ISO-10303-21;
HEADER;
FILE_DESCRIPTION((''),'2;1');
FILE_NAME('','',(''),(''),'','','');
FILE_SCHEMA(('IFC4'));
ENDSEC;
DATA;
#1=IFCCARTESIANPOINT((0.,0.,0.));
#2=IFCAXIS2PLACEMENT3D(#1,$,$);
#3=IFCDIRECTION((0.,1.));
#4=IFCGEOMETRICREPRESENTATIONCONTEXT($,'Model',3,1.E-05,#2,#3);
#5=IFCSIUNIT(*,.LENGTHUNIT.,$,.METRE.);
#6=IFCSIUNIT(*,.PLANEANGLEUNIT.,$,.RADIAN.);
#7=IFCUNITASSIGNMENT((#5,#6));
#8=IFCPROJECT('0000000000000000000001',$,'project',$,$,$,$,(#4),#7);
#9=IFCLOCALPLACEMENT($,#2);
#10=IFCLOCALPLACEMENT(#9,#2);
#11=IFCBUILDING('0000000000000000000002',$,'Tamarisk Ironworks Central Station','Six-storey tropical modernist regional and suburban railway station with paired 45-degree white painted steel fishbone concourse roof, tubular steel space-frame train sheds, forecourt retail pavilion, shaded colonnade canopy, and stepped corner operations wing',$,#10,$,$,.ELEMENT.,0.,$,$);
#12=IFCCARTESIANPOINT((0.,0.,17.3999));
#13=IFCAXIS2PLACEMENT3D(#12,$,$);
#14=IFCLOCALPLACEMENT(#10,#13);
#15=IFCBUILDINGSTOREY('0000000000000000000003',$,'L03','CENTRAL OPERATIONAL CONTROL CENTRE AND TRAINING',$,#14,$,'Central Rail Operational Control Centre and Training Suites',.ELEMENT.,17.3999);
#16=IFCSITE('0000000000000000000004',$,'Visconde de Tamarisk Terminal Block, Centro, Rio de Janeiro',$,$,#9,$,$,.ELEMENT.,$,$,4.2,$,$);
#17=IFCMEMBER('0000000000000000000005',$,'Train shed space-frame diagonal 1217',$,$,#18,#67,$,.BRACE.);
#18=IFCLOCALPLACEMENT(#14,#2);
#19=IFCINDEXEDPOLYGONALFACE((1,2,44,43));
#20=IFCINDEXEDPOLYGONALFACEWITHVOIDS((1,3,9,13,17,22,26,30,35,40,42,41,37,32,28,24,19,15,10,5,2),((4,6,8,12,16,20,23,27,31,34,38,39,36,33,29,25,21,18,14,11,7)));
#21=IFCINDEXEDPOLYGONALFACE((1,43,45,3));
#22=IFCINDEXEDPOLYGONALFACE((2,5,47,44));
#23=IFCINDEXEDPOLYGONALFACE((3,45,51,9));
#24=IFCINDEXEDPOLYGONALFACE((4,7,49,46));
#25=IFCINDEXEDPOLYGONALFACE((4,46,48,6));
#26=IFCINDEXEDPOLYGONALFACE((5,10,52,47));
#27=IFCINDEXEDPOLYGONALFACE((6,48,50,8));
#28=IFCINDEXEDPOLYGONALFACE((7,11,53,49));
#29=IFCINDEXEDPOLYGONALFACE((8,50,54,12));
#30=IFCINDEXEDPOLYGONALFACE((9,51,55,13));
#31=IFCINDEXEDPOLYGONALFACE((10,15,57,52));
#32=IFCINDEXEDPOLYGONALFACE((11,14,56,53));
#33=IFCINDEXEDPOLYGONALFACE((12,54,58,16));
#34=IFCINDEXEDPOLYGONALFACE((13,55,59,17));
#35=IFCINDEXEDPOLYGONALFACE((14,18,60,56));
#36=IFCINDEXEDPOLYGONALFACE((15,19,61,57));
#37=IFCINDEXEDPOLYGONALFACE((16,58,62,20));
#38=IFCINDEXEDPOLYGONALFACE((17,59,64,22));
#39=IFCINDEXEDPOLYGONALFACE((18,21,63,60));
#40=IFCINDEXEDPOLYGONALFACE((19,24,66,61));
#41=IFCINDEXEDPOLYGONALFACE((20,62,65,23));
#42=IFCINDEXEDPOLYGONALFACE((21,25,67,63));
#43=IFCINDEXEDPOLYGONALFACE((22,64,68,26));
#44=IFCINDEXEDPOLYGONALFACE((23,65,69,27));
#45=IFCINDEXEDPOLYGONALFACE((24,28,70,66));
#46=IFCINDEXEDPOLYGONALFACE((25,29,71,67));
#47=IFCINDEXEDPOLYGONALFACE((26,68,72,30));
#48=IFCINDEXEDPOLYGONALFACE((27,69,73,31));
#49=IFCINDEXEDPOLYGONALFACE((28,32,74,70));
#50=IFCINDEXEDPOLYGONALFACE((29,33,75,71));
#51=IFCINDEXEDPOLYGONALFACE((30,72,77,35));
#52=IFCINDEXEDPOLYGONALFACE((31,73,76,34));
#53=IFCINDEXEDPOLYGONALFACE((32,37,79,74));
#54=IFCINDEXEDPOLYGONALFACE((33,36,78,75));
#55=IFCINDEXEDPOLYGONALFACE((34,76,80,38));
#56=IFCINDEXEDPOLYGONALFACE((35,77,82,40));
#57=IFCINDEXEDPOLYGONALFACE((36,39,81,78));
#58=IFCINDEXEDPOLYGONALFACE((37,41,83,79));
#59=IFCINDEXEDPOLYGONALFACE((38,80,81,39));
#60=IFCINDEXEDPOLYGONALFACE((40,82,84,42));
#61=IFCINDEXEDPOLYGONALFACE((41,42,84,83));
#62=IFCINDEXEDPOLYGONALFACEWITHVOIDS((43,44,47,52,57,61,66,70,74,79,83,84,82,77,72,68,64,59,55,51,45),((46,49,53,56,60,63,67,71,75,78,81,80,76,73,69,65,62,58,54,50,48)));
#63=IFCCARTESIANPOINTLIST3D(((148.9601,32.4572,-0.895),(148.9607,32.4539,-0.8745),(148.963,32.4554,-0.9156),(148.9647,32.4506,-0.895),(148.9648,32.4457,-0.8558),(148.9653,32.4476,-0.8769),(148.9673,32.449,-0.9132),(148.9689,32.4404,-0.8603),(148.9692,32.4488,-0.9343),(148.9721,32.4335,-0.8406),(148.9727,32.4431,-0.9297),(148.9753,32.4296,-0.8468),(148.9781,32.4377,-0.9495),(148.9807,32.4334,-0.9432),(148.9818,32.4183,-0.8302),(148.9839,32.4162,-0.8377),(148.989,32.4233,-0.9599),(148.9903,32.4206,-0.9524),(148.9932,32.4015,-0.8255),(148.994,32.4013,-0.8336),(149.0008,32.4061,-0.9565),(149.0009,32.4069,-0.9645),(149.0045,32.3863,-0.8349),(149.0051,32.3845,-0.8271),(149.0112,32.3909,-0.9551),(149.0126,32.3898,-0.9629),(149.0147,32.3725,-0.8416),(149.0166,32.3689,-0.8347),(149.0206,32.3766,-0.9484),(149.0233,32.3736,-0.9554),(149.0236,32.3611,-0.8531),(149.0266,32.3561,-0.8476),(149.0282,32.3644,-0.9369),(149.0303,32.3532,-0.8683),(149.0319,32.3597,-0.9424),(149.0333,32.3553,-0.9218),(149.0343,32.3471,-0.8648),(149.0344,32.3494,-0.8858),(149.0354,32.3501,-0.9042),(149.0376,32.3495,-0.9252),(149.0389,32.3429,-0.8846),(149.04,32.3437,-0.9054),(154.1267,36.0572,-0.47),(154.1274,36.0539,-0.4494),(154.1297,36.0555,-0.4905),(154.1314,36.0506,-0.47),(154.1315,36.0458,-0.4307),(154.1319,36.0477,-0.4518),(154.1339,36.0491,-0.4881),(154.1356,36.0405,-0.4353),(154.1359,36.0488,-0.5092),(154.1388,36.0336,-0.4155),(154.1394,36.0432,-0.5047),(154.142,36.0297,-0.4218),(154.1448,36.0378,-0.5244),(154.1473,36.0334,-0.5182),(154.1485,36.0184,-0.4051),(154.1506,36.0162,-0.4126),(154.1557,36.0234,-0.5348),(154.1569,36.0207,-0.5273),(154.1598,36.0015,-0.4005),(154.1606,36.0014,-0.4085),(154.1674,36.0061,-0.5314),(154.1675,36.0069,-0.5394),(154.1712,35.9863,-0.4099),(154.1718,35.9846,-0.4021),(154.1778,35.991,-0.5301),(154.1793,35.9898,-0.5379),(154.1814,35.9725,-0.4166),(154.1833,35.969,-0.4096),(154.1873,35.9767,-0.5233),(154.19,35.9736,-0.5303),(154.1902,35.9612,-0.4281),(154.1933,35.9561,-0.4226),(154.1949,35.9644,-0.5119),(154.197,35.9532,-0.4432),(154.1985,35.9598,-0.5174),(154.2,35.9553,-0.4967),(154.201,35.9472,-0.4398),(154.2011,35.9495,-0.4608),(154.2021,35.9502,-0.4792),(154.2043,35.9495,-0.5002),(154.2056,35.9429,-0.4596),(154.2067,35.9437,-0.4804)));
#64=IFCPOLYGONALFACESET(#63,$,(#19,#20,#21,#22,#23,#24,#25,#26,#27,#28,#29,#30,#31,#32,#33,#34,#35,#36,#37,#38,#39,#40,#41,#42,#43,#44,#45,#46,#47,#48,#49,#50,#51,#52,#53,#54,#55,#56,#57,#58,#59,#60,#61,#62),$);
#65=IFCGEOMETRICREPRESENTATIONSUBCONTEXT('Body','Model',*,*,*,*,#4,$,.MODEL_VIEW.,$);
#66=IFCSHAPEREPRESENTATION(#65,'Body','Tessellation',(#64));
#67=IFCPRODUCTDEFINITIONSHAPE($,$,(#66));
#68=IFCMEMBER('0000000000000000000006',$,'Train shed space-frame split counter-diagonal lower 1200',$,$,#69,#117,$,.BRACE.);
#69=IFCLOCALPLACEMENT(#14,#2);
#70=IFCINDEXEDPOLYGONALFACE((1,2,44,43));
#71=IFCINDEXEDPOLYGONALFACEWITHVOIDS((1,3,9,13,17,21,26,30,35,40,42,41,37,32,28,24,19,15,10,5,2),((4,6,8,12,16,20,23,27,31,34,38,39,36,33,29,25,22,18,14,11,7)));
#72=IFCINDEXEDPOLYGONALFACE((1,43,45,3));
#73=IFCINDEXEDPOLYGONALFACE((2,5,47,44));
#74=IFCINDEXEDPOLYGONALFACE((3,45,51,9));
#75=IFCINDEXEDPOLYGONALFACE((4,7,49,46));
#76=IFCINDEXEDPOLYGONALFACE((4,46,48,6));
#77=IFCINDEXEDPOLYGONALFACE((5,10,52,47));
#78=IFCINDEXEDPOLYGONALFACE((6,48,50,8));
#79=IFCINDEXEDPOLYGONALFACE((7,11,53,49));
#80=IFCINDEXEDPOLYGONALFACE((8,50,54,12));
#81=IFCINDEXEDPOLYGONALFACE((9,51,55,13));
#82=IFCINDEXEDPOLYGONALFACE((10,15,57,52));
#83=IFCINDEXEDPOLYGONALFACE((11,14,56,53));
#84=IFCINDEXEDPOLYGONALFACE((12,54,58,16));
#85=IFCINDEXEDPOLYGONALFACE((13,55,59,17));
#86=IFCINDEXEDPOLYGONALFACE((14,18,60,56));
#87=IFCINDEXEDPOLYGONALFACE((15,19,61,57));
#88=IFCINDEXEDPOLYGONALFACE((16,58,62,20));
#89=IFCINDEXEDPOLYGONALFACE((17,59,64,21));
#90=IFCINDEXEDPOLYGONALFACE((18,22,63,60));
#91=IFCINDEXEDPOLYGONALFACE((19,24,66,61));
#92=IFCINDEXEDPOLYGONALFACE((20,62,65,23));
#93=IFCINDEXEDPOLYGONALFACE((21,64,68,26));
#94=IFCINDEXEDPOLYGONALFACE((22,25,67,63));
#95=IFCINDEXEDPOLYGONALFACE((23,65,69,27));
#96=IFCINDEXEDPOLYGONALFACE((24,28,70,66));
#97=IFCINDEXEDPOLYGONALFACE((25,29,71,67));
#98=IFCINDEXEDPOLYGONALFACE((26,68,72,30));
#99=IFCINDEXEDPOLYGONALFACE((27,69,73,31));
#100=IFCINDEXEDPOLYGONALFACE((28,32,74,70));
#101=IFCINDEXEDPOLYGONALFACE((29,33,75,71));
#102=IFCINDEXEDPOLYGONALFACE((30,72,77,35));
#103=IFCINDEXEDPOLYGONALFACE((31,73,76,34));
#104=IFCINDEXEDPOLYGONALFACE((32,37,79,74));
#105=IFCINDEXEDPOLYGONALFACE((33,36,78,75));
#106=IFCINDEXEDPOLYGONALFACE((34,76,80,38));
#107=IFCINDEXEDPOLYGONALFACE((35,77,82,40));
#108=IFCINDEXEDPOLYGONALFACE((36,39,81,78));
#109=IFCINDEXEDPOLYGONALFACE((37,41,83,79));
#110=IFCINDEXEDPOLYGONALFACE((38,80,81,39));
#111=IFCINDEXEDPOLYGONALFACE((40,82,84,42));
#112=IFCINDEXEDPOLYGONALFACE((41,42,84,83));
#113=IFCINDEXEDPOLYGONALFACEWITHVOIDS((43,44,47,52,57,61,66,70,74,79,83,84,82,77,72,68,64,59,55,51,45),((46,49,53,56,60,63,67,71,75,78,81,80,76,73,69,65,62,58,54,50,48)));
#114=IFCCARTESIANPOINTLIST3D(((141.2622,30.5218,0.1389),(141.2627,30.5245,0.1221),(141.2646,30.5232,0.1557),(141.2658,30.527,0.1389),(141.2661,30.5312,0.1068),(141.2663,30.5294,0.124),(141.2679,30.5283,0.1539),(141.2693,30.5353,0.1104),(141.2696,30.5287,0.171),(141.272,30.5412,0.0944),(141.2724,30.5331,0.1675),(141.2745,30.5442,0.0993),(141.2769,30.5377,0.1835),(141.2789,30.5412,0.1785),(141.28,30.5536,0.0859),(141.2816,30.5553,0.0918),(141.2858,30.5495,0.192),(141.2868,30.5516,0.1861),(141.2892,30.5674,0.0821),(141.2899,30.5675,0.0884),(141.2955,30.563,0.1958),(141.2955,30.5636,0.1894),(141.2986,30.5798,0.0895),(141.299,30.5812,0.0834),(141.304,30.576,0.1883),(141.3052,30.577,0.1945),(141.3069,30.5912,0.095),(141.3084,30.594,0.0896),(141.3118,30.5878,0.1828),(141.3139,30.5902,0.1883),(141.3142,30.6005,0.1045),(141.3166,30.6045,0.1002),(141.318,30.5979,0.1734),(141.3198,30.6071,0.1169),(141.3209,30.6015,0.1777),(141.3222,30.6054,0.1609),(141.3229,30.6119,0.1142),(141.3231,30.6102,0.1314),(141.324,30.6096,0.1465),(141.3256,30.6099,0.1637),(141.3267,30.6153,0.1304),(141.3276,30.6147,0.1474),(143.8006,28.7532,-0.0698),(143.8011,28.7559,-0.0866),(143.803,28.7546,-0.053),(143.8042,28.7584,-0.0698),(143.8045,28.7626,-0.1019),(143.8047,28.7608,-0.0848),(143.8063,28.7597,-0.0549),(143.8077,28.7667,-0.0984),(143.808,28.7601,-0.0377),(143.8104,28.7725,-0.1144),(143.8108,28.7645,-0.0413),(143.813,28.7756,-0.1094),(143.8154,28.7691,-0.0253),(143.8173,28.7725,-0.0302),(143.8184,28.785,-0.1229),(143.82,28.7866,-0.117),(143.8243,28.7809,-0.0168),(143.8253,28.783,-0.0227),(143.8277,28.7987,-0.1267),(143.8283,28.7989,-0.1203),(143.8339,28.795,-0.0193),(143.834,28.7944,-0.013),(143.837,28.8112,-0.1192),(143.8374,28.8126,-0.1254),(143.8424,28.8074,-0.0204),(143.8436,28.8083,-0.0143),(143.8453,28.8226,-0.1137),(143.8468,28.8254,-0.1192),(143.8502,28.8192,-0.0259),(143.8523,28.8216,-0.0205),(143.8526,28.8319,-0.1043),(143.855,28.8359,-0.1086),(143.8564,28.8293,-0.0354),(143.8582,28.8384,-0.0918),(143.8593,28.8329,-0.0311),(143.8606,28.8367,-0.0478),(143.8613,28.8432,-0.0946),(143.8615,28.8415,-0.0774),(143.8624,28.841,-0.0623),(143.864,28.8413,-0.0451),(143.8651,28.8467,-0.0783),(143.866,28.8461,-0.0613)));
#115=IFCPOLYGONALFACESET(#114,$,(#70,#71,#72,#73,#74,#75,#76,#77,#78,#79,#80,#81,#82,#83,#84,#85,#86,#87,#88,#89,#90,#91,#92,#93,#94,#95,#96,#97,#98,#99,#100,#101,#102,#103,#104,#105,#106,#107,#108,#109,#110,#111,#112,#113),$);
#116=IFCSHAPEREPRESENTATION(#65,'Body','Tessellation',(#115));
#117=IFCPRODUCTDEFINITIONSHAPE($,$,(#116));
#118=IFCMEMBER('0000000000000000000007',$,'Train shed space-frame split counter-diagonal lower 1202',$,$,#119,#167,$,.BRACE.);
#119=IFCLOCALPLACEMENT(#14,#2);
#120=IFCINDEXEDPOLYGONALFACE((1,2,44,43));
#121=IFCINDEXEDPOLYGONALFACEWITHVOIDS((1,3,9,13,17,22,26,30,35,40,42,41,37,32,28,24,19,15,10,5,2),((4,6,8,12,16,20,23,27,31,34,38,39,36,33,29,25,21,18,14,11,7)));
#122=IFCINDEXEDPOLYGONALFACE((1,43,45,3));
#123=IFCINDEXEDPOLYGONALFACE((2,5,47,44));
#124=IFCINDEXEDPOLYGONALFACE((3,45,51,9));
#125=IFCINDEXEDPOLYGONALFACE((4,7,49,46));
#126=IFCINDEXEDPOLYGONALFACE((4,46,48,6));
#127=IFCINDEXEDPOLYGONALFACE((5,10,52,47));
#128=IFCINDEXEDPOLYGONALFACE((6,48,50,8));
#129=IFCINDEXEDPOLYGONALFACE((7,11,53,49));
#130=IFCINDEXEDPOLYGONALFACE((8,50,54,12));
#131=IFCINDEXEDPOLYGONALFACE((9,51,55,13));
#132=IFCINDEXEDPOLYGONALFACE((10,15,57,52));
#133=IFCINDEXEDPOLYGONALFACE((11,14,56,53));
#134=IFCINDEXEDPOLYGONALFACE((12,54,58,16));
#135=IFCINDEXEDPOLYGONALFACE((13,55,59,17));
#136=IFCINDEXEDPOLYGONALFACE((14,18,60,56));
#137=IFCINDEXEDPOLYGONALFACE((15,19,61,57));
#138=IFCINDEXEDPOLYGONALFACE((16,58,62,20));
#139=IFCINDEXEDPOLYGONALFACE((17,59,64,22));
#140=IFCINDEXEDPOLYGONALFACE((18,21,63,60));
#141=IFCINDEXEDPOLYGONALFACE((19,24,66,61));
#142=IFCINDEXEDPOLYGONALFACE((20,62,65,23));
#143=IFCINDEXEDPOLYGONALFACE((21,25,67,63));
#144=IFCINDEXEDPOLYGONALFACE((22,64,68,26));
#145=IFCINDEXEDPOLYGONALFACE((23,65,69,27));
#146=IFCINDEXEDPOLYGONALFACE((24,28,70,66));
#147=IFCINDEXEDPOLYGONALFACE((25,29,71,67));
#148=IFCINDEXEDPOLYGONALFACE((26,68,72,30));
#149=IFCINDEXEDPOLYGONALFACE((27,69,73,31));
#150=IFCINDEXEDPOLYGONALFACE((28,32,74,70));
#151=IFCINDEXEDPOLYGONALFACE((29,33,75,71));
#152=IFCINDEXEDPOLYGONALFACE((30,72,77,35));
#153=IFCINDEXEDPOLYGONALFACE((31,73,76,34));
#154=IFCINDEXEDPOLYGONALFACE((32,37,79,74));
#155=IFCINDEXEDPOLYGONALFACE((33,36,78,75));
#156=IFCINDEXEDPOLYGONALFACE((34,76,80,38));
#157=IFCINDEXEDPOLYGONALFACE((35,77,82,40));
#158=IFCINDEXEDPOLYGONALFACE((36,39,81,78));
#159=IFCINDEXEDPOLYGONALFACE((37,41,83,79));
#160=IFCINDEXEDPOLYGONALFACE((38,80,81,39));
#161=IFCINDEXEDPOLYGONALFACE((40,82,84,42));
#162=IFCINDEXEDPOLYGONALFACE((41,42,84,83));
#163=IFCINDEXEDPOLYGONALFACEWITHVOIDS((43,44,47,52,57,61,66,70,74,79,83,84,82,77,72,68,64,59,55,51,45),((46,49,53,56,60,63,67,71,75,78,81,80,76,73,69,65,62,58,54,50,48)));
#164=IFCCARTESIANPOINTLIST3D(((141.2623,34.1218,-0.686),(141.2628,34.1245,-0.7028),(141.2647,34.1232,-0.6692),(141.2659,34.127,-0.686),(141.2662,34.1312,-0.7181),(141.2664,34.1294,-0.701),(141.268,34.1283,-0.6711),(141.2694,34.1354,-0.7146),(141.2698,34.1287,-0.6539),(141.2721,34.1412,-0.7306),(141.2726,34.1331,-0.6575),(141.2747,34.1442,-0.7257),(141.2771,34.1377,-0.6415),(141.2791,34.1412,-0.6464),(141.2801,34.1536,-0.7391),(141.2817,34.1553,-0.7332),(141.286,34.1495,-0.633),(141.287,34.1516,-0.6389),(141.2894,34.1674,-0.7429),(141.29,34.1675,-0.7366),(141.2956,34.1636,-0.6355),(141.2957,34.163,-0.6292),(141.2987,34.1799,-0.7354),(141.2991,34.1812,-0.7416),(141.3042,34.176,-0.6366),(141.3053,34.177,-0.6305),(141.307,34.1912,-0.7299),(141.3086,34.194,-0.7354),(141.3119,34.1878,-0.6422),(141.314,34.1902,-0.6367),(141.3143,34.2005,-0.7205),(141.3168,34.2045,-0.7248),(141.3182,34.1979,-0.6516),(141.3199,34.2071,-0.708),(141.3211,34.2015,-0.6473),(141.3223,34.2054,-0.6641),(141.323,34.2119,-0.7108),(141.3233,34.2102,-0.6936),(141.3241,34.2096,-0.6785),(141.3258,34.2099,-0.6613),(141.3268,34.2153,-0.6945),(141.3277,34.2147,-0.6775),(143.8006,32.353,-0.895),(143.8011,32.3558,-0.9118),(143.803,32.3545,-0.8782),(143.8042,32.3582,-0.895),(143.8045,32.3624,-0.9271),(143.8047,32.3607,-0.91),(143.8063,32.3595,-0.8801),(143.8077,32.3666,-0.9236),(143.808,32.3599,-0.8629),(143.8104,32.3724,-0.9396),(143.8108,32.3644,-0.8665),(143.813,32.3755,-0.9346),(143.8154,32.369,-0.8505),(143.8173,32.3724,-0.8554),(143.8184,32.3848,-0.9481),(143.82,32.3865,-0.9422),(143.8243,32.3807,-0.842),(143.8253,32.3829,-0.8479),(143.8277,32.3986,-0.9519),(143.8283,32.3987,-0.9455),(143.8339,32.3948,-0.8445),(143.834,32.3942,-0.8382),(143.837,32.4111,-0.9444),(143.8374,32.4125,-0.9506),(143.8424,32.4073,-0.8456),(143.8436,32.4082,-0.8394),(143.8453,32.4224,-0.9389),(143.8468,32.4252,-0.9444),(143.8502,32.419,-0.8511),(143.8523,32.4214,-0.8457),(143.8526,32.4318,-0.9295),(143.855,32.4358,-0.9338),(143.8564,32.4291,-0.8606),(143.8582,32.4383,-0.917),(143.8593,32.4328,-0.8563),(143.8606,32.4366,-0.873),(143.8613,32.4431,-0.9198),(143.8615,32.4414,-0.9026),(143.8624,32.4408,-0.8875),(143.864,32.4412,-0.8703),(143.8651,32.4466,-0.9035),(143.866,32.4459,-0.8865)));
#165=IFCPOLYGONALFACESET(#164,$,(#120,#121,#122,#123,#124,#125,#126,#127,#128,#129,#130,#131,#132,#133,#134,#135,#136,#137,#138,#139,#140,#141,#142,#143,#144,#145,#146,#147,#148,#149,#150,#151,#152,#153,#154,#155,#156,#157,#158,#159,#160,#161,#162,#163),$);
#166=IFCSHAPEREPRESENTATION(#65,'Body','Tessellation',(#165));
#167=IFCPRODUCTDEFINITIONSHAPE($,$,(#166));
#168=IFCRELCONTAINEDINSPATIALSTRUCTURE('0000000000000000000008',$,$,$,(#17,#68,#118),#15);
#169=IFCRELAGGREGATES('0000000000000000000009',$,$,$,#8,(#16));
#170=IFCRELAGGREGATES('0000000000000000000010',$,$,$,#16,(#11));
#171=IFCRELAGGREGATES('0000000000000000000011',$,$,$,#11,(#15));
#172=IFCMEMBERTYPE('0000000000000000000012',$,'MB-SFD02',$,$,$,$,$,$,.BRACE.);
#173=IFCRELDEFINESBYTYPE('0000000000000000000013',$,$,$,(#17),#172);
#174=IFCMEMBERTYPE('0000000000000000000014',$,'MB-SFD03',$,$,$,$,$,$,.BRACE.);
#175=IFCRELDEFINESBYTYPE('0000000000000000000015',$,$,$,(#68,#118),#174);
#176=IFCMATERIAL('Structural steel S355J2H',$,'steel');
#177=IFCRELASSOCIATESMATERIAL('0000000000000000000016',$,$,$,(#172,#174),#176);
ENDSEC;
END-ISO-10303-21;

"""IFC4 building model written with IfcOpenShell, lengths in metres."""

from ifc_helpers import new_model, si_unit, direction, frame, origin, origin_2d, place, context, subcontext, project, spatial, hollow_circle, extrude, material, material_profile, profile_set, type_object, element, save


model = new_model("IFC4")

# Units and contexts
model_context = context("Model", 3, precision=1e-05, world=origin(), true_north=direction((0.0, 1.0)))
body_context = subcontext(model_context, "Body", "Model", "MODEL_VIEW")
ifc_project = project(units=[si_unit("LENGTHUNIT", "METRE"), si_unit("PLANEANGLEUNIT", "RADIAN")], contexts=[model_context])

# Site, building, storey
site_placement = place(None, origin())
site = spatial("IfcSite", under=ifc_project, at=site_placement, Name="Visconde de Tamarisk Terminal Block, Centro, Rio de Janeiro", CompositionType="ELEMENT", RefElevation=4.2)
building_placement = place(site_placement, origin())
building = spatial("IfcBuilding", under=site, at=building_placement, Name="Tamarisk Ironworks Central Station", Description="Six-storey tropical modernist regional and suburban railway station with paired 45-degree white painted steel fishbone concourse roof, tubular steel space-frame train sheds, forecourt retail pavilion, shaded colonnade canopy, and stepped corner operations wing", CompositionType="ELEMENT", ElevationOfRefHeight=0.0)
storey_placement = place(building_placement, frame((0.0, 0.0, 17.3999)))
storey = spatial("IfcBuildingStorey", under=building, at=storey_placement, Name="L03", Description="CENTRAL OPERATIONAL CONTROL CENTRE AND TRAINING", LongName="Central Rail Operational Control Centre and Training Suites", CompositionType="ELEMENT", Elevation=17.3999)

# Members
ifc_material = material(Name="Structural steel S355J2H", Category="steel")
ifc_material_profile_1 = material_profile(ifc_material, hollow_circle(Radius=0.0698, WallThickness=0.0081, at=origin_2d()), Name="CHS 139.7x8")
ifc_profile_set_1 = profile_set([ifc_material_profile_1], Name="Structural steel S355J2H")
member_type_1 = type_object("IfcMemberType", Name="MB-SFD02", PredefinedType="BRACE", material=ifc_profile_set_1)
for number, where, z_axis, x_axis, name in (
    (1, (149.0, 32.3999, -0.895), (0.818608, 0.570391, 0.067344), (-0.571689, 0.82047, 0.0), "Train shed space-frame diagonal 1217"),
):
    element("IfcMember", number, at=place(storey_placement, frame(where, z_axis=z_axis, x_axis=x_axis)), inside=storey, type_object=member_type_1, Name=name, PredefinedType="BRACE", context=body_context, shape_type="SweptSolid", body=[
        extrude(hollow_circle(Radius=0.0698, WallThickness=0.0081, at=origin_2d()), origin(), (0.0, 0.0, 1.0), 6.3115),
    ])
ifc_material_profile_2 = material_profile(ifc_material, hollow_circle(Radius=0.0571, WallThickness=0.0063, at=origin_2d()), Name="CHS 114.3x6.3")
ifc_profile_set_2 = profile_set([ifc_material_profile_2], Name="Structural steel S355J2H")
member_type_2 = type_object("IfcMemberType", Name="MB-SFD03", PredefinedType="BRACE", material=ifc_profile_set_2)
for number, where, z_axis, x_axis, name in (
    (2, (143.8333, 28.8, -0.0698), (-0.818625, 0.570369, 0.06732), (-0.571666, -0.820487, 0.0), "Train shed space-frame split counter-diagonal lower 1200"),
    (3, (143.8333, 32.3999, -0.895), (-0.818584, 0.570419, 0.067395), (-0.571719, -0.82045, 0.0), "Train shed space-frame split counter-diagonal lower 1202"),
):
    element("IfcMember", number, at=place(storey_placement, frame(where, z_axis=z_axis, x_axis=x_axis)), inside=storey, type_object=member_type_2, Name=name, PredefinedType="BRACE", context=body_context, shape_type="SweptSolid", body=[
        extrude(hollow_circle(Radius=0.0571, WallThickness=0.0063, at=origin_2d()), origin(), (0.0, 0.0, 1.0), 3.1008),
    ])

save(model, "model.ifc")
